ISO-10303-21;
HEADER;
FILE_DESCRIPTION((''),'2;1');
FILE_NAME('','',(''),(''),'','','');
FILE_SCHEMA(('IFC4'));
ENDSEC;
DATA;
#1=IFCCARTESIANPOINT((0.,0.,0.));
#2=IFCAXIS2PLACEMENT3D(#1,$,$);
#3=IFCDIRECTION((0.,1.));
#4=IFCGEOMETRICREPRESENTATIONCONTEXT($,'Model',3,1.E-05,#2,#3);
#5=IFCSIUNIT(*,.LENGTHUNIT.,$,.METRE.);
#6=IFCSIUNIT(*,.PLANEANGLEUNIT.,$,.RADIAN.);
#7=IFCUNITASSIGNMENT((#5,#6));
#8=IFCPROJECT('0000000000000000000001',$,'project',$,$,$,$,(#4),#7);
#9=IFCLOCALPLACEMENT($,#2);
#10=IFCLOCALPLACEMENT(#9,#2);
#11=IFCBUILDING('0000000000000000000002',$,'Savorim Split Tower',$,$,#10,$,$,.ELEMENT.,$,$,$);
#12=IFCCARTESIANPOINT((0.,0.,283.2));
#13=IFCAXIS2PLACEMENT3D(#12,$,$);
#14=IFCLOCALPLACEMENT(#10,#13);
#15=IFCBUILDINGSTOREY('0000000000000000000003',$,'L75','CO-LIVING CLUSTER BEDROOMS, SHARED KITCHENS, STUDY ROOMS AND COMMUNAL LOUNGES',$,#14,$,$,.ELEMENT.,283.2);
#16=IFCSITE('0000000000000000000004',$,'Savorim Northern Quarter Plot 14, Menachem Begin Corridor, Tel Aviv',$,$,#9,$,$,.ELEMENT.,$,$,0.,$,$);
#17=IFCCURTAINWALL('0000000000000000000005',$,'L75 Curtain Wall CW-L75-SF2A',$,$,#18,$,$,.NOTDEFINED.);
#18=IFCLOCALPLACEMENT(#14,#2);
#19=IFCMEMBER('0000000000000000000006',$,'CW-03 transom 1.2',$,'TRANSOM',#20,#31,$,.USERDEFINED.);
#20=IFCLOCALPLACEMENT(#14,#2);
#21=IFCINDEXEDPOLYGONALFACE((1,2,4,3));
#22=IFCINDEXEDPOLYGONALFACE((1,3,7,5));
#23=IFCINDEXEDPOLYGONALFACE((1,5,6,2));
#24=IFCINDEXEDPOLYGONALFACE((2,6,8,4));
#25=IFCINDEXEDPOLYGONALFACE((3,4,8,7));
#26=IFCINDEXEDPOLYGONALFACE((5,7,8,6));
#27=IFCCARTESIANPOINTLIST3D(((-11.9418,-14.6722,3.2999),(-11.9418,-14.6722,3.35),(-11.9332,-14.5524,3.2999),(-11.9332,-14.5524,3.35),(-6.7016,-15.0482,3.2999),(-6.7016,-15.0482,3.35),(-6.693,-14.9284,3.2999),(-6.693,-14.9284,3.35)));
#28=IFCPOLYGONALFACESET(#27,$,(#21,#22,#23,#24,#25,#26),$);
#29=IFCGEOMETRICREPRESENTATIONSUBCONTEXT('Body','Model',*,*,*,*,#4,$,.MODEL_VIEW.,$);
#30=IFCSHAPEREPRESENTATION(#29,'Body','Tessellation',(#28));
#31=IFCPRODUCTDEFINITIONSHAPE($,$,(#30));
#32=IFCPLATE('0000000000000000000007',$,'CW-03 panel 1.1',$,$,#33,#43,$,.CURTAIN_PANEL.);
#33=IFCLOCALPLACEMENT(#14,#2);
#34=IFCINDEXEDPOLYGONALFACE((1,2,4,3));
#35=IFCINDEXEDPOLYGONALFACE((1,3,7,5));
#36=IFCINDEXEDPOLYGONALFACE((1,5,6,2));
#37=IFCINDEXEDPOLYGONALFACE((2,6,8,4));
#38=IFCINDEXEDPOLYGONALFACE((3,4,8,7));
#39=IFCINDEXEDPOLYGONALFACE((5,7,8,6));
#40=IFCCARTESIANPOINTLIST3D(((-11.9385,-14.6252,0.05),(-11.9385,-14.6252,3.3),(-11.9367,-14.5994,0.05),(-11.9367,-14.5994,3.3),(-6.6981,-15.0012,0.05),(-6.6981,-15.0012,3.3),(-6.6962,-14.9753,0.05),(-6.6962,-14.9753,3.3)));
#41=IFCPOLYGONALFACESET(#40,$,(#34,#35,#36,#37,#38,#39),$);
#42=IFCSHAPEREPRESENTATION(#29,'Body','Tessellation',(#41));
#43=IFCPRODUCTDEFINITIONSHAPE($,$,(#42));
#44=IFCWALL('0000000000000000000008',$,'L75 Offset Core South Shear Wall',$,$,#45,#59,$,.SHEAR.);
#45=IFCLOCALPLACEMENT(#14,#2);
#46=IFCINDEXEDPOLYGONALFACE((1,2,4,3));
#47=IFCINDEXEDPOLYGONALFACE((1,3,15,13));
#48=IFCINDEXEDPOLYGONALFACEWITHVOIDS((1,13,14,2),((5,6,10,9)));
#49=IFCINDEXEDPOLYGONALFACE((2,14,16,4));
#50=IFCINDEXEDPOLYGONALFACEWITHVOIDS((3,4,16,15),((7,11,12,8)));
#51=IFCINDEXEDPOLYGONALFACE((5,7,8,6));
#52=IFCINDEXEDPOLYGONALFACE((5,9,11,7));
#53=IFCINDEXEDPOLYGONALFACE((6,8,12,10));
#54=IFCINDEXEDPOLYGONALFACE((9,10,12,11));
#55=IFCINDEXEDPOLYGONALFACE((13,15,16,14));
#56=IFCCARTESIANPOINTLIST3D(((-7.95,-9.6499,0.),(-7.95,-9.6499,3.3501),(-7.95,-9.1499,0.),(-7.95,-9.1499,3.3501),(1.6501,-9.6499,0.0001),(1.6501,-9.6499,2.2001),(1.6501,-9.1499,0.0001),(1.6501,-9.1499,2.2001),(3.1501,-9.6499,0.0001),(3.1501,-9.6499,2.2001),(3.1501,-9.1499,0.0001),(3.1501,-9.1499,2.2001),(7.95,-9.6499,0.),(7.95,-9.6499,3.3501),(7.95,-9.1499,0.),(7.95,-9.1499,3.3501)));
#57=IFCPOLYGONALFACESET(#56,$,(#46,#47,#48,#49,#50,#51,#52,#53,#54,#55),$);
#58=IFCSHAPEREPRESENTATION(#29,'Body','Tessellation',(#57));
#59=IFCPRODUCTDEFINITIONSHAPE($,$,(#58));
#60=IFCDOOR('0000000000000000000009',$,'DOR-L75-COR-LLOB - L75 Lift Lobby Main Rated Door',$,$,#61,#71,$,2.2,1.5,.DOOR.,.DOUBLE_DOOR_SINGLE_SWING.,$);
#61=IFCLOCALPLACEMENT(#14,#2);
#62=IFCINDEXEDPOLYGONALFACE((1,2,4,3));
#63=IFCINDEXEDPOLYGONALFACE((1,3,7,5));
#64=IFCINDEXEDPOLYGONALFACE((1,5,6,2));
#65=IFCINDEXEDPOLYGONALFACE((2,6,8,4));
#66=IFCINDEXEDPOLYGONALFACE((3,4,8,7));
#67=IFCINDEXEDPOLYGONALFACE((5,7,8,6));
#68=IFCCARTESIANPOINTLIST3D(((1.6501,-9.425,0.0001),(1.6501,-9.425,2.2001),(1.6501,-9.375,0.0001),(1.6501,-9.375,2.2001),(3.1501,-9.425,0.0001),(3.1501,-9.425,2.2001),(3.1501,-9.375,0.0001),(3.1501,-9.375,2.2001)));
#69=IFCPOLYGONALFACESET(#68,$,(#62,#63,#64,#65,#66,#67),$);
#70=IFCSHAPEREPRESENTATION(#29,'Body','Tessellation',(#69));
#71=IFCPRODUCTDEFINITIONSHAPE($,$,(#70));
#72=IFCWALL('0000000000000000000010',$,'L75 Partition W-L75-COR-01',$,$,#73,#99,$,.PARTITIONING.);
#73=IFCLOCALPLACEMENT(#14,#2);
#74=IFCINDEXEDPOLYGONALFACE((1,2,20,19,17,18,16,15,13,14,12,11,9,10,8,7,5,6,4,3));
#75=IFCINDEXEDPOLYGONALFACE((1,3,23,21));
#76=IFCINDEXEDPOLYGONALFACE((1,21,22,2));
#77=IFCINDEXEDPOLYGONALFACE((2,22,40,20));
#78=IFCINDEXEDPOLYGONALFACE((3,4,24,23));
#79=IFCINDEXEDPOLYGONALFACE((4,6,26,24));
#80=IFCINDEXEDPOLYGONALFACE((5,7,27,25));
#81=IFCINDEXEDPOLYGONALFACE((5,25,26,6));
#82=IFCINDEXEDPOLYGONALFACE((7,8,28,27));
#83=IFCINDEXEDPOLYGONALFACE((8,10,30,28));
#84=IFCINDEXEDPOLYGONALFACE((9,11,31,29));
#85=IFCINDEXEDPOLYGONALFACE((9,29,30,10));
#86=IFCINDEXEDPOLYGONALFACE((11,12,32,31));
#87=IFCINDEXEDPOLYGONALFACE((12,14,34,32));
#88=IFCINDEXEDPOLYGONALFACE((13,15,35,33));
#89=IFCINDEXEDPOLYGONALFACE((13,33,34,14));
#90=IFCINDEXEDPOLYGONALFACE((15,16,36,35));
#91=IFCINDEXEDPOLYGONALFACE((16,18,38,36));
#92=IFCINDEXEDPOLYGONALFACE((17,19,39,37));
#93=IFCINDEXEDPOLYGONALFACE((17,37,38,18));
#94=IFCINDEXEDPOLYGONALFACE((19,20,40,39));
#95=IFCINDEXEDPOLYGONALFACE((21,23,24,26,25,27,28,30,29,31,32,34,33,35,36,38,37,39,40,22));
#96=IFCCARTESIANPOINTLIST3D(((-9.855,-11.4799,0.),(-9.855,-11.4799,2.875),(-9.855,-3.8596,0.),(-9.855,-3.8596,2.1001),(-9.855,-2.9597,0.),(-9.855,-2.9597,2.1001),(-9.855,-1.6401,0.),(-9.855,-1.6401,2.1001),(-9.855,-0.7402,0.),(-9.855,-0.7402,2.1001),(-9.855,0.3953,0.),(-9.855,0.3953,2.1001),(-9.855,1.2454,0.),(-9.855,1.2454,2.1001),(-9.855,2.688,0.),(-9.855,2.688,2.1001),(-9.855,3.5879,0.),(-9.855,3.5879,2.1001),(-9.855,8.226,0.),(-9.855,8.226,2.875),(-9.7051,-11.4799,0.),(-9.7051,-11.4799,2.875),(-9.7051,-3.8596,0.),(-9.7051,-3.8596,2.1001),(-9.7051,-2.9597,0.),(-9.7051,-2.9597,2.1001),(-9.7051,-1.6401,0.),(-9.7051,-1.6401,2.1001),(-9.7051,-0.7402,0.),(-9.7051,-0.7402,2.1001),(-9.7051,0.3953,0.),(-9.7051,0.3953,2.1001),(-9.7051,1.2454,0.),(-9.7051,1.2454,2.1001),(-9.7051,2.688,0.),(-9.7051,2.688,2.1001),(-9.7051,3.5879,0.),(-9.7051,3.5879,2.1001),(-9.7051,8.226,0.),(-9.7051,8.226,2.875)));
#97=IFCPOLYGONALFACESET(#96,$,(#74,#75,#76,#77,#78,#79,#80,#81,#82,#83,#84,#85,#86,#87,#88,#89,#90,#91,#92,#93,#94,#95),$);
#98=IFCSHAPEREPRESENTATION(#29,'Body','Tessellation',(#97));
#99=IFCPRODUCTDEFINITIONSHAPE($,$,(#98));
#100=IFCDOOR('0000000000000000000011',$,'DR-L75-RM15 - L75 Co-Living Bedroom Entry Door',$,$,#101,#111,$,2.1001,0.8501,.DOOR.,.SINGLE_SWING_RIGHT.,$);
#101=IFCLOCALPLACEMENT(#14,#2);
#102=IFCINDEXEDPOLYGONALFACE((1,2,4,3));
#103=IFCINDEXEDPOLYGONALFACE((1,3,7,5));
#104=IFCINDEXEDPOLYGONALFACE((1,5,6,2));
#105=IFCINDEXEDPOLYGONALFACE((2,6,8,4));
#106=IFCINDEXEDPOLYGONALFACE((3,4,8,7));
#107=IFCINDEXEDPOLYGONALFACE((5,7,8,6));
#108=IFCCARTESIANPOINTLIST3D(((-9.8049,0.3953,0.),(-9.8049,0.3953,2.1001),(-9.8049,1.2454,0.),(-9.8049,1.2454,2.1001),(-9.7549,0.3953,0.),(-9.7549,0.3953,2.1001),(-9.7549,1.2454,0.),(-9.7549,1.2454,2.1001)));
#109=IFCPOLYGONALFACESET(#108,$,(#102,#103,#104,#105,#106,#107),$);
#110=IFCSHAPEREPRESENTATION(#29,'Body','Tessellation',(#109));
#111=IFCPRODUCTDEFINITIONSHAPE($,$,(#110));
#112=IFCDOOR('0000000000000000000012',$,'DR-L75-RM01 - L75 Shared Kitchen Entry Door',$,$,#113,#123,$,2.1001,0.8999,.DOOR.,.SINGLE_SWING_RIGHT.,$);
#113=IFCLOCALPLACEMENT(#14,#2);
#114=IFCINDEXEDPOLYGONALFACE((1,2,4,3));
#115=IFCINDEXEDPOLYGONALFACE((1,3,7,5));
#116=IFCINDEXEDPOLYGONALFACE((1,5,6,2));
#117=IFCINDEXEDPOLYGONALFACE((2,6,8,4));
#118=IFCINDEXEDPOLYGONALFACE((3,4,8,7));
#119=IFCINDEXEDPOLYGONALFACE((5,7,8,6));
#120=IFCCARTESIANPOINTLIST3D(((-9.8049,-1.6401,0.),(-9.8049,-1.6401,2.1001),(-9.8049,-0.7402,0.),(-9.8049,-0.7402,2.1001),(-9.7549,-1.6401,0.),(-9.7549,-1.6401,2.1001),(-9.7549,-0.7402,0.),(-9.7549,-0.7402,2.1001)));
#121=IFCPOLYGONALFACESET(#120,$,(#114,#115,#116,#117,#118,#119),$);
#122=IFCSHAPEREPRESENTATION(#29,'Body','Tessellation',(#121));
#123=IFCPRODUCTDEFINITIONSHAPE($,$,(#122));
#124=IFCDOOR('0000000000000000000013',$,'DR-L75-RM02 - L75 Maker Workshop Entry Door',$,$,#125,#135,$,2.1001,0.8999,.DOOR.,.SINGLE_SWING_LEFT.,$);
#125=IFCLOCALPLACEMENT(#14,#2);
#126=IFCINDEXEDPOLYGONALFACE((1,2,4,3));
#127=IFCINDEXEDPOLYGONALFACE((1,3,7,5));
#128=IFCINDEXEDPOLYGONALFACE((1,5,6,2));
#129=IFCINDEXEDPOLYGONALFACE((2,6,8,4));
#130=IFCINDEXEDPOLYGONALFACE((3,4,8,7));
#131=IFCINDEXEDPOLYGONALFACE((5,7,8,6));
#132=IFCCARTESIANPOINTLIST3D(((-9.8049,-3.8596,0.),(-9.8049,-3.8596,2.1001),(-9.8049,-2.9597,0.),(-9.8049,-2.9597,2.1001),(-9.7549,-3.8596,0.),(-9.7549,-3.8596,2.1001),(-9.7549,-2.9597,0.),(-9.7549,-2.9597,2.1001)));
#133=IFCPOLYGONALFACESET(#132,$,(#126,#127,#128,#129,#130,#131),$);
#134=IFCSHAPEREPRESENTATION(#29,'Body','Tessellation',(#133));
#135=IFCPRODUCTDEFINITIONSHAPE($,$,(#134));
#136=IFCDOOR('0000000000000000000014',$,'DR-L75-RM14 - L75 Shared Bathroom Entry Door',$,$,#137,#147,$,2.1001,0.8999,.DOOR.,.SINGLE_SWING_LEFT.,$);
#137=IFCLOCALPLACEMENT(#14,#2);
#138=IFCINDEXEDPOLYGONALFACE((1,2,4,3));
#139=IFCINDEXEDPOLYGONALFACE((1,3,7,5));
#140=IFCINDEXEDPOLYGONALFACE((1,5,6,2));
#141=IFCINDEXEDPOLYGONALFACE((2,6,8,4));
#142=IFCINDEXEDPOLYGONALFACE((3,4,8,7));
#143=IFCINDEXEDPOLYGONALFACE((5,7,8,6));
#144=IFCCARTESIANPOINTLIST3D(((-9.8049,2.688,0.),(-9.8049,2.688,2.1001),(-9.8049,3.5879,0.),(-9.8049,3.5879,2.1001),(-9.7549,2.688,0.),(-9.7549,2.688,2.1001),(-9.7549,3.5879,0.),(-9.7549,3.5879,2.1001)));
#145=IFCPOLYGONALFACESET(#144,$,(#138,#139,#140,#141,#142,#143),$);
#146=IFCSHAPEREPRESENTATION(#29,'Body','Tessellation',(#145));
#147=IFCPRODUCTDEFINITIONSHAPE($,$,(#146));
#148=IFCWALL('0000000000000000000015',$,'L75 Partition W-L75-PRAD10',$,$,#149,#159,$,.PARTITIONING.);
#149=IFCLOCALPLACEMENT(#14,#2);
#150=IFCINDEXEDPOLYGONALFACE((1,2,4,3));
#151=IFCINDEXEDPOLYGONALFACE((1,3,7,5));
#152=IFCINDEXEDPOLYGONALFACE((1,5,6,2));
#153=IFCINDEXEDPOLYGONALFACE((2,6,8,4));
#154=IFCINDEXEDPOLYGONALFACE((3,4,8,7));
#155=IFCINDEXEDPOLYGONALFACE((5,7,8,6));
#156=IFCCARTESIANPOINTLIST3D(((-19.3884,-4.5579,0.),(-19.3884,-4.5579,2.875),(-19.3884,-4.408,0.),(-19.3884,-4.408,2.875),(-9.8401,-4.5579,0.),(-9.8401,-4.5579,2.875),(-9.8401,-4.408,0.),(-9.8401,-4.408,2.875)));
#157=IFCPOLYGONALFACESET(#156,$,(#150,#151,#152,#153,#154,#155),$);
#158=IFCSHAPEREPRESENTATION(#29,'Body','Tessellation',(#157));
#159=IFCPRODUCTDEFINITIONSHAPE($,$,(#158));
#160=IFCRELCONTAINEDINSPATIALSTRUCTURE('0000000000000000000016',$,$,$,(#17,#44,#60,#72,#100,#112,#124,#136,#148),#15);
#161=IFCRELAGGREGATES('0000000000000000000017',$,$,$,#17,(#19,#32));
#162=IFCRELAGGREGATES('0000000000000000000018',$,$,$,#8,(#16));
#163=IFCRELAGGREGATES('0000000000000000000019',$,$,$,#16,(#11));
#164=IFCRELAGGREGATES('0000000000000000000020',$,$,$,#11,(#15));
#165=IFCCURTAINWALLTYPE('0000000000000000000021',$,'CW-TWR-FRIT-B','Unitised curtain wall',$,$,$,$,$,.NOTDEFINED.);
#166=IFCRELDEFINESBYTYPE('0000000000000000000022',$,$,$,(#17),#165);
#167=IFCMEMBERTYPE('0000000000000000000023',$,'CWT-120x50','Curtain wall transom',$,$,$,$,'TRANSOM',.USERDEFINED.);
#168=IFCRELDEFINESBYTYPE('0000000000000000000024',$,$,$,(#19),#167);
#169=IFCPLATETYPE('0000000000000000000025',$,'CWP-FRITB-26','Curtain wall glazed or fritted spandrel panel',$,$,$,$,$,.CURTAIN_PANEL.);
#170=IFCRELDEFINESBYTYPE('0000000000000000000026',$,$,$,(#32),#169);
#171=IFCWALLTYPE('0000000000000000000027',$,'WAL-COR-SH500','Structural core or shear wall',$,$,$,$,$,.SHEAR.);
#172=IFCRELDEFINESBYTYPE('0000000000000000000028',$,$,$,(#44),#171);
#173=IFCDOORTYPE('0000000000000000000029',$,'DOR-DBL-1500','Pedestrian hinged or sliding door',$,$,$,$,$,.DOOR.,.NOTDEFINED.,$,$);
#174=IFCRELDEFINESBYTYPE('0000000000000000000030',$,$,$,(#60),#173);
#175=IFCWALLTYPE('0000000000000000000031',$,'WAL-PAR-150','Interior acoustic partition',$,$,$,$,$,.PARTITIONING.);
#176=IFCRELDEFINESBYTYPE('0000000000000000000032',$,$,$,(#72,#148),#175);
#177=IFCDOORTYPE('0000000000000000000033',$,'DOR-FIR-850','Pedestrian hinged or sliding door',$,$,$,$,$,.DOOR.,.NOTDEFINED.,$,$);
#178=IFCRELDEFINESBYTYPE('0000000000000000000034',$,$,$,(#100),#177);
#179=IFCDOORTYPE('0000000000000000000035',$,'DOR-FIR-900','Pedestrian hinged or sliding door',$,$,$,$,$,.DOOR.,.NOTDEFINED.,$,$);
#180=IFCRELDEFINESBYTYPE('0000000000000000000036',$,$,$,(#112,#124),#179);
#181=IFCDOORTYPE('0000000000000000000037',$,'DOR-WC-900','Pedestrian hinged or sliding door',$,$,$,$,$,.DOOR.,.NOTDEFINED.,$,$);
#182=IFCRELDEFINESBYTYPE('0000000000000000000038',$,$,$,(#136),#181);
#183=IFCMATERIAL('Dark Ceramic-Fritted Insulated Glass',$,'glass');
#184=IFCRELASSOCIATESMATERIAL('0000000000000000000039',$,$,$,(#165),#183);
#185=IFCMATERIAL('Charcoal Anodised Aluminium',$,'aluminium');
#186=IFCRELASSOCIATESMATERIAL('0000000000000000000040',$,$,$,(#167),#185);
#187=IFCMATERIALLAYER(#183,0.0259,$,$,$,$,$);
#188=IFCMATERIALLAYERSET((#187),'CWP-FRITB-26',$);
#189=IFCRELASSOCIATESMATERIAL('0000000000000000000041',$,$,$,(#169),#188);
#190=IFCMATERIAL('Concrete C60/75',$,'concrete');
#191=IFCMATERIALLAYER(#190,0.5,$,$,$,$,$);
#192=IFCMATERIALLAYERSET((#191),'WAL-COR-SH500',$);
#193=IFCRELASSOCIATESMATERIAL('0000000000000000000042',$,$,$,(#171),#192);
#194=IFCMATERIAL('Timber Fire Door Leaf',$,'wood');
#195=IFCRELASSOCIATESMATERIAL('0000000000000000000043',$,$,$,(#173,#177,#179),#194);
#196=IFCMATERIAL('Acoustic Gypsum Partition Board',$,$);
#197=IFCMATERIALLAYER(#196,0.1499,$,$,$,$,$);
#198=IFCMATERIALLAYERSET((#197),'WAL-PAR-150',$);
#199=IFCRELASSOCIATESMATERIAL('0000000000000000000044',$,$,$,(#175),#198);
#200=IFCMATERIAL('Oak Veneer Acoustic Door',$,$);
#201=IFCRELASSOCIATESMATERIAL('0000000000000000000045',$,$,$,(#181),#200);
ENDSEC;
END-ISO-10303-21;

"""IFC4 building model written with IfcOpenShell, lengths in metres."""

from ifc_helpers import new_model, si_unit, direction, frame, frame_2d, origin, origin_2d, place, context, subcontext, project, spatial, rectangle, extrude, material, layer, layer_set, material_profile, profile_set, type_object, element, fill, aggregate, save


model = new_model("IFC4")

# Units and contexts
model_context = context("Model", 3, precision=1e-05, world=origin(), true_north=direction((0.0, 1.0)))
body_context = subcontext(model_context, "Body", "Model", "MODEL_VIEW")
ifc_project = project(units=[si_unit("LENGTHUNIT", "METRE"), si_unit("PLANEANGLEUNIT", "RADIAN")], contexts=[model_context])

# Site, building, storey
site_placement = place(None, origin())
site = spatial("IfcSite", under=ifc_project, at=site_placement, Name="Savorim Northern Quarter Plot 14, Menachem Begin Corridor, Tel Aviv", CompositionType="ELEMENT", RefElevation=0.0)
building_placement = place(site_placement, origin())
building = spatial("IfcBuilding", under=site, at=building_placement, Name="Savorim Split Tower", CompositionType="ELEMENT")
storey_placement = place(building_placement, frame((0.0, 0.0, 283.2)))
storey = spatial("IfcBuildingStorey", under=building, at=storey_placement, Name="L75", Description="CO-LIVING CLUSTER BEDROOMS, SHARED KITCHENS, STUDY ROOMS AND COMMUNAL LOUNGES", CompositionType="ELEMENT", Elevation=283.2)

# Shared definitions
ifc_material_1 = material(Name="Dark Ceramic-Fritted Insulated Glass", Category="glass")
curtain_wall_type = type_object("IfcCurtainWallType", Name="CW-TWR-FRIT-B", Description="Unitised curtain wall", PredefinedType="NOTDEFINED", material=ifc_material_1)
ifc_material_2 = material(Name="Charcoal Anodised Aluminium", Category="aluminium")

# Curtain wall, member, plate
curtain_wall_1_placement = place(storey_placement, origin())
curtain_wall_1 = element("IfcCurtainWall", 1, at=curtain_wall_1_placement, inside=storey, type_object=curtain_wall_type, Name="L75 Curtain Wall CW-L75-SF2A", PredefinedType="NOTDEFINED")
ifc_material_profile_1 = material_profile(ifc_material_2, rectangle(XDim=0.1201, YDim=0.05, at=origin_2d()), Name="ALU-T 120x50")
ifc_profile_set_1 = profile_set([ifc_material_profile_1], Name="Charcoal Anodised Aluminium")
member_type_1 = type_object("IfcMemberType", Name="CWT-120x50", Description="Curtain wall transom", ElementType="TRANSOM", PredefinedType="USERDEFINED", material=ifc_profile_set_1)
member_1_placement = place(storey_placement, frame((-11.9375, -14.6123, 3.325), z_axis=(0.997436, -0.071564, 0.0), x_axis=(0.071564, 0.997436, 0.0)))
member_1 = element("IfcMember", 2, at=member_1_placement, type_object=member_type_1, Name="CW-03 transom 1.2", ObjectType="TRANSOM", PredefinedType="USERDEFINED", context=body_context, shape_type="SweptSolid", body=[
    extrude(rectangle(XDim=0.1201, YDim=0.05, at=origin_2d()), origin(), (0.0, 0.0, 1.0), 5.2537),
])
ifc_layer_1 = layer(ifc_material_1, 0.0259)
ifc_layer_set_1 = layer_set([ifc_layer_1], Name="CWP-FRITB-26")
plate_type = type_object("IfcPlateType", Name="CWP-FRITB-26", Description="Curtain wall glazed or fritted spandrel panel", PredefinedType="CURTAIN_PANEL", material=ifc_layer_set_1)
plate_placement = place(storey_placement, frame((-9.3174, -14.8003, 0.05), z_axis=(0.0, 0.0, 1.0), x_axis=(0.997437, -0.07155, 0.0)))
plate = element("IfcPlate", 3, at=plate_placement, type_object=plate_type, Name="CW-03 panel 1.1", PredefinedType="CURTAIN_PANEL", context=body_context, shape_type="SweptSolid", body=[
    extrude(rectangle(XDim=5.2539, YDim=0.0259, at=origin_2d()), origin(), (0.0, 0.0, 1.0), 3.25),
])
aggregate(curtain_wall_1, [member_1, plate])

# Wall, opening, door
ifc_material_3 = material(Name="Concrete C60/75", Category="concrete")
ifc_layer_2 = layer(ifc_material_3, 0.5)
ifc_layer_set_2 = layer_set([ifc_layer_2], Name="WAL-COR-SH500")
wall_type_1 = type_object("IfcWallType", Name="WAL-COR-SH500", Description="Structural core or shear wall", PredefinedType="SHEAR", material=ifc_layer_set_2)
wall_1_placement = place(storey_placement, frame((-7.95, -9.3999, 0.0), z_axis=(0.0, 0.0, 1.0), x_axis=(1.0, 0.0, 0.0)))
wall_1 = element("IfcWall", 4, at=wall_1_placement, inside=storey, type_object=wall_type_1, Name="L75 Offset Core South Shear Wall", PredefinedType="SHEAR", context=body_context, shape_type="SweptSolid", body=[
    extrude(rectangle(XDim=15.8999, YDim=0.5, at=frame_2d((7.95, 0.0))), origin(), (0.0, 0.0, 1.0), 3.3501),
])
opening_1_placement = place(wall_1_placement, frame((9.6001, 0.0, 0.0)))
opening_1 = element("IfcOpeningElement", 5, at=opening_1_placement, cuts=wall_1, PredefinedType="OPENING", context=body_context, shape_type="SweptSolid", body=[
    extrude(rectangle(XDim=1.5, YDim=2.2, at=frame_2d((0.75, 1.1001))), frame((0.0, 0.26, 0.0), z_axis=(0.0, -1.0, 0.0), x_axis=(1.0, 0.0, 0.0)), (0.0, 0.0, 1.0), 0.52),
])
ifc_material_4 = material(Name="Timber Fire Door Leaf", Category="wood")
door_type_1 = type_object("IfcDoorType", Name="DOR-DBL-1500", Description="Pedestrian hinged or sliding door", OperationType="NOTDEFINED", PredefinedType="DOOR", material=ifc_material_4)
door_1_placement = place(opening_1_placement, origin())
door_1 = element("IfcDoor", 6, at=door_1_placement, inside=storey, type_object=door_type_1, Name="DOR-L75-COR-LLOB - L75 Lift Lobby Main Rated Door", OperationType="DOUBLE_DOOR_SINGLE_SWING", OverallHeight=2.2, OverallWidth=1.5, PredefinedType="DOOR", context=body_context, shape_type="SweptSolid", body=[
    extrude(rectangle(XDim=1.5, YDim=2.2, at=frame_2d((0.75, 1.1001))), frame((0.0, 0.0249, 0.0), z_axis=(0.0, -1.0, 0.0), x_axis=(1.0, 0.0, 0.0)), (0.0, 0.0, 1.0), 0.05),
])
fill(opening_1, door_1)

# Wall, openings, doors
ifc_material_5 = material(Name="Acoustic Gypsum Partition Board")
ifc_layer_3 = layer(ifc_material_5, 0.1499)
ifc_layer_set_3 = layer_set([ifc_layer_3], Name="WAL-PAR-150")
wall_type_2 = type_object("IfcWallType", Name="WAL-PAR-150", Description="Interior acoustic partition", PredefinedType="PARTITIONING", material=ifc_layer_set_3)
wall_2_placement = place(storey_placement, frame((-9.78, -11.48, 0.0), z_axis=(0.0, 0.0, 1.0), x_axis=(0.0, 1.0, 0.0)))
wall_2 = element("IfcWall", 7, at=wall_2_placement, inside=storey, type_object=wall_type_2, Name="L75 Partition W-L75-COR-01", PredefinedType="PARTITIONING", context=body_context, shape_type="SweptSolid", body=[
    extrude(rectangle(XDim=19.7058, YDim=0.1499, at=frame_2d((9.853, 0.0))), origin(), (0.0, 0.0, 1.0), 2.875),
])
opening_2_placement = place(wall_2_placement, frame((9.8398, 0.0, 0.0)))
opening_2 = element("IfcOpeningElement", 8, at=opening_2_placement, cuts=wall_2, PredefinedType="OPENING", context=body_context, shape_type="SweptSolid", body=[
    extrude(rectangle(XDim=0.8999, YDim=2.1001, at=frame_2d((0.45, 1.05))), frame((0.0, 0.085, 0.0), z_axis=(0.0, -1.0, 0.0), x_axis=(1.0, 0.0, 0.0)), (0.0, 0.0, 1.0), 0.1699),
])
opening_3_placement = place(wall_2_placement, frame((7.6204, 0.0, 0.0)))
opening_3 = element("IfcOpeningElement", 9, at=opening_3_placement, cuts=wall_2, PredefinedType="OPENING", context=body_context, shape_type="SweptSolid", body=[
    extrude(rectangle(XDim=0.8999, YDim=2.1001, at=frame_2d((0.45, 1.05))), frame((0.0, 0.085, 0.0), z_axis=(0.0, -1.0, 0.0), x_axis=(1.0, 0.0, 0.0)), (0.0, 0.0, 1.0), 0.1699),
])
opening_4_placement = place(wall_2_placement, frame((14.168, 0.0, 0.0)))
opening_4 = element("IfcOpeningElement", 10, at=opening_4_placement, cuts=wall_2, PredefinedType="OPENING", context=body_context, shape_type="SweptSolid", body=[
    extrude(rectangle(XDim=0.8999, YDim=2.1001, at=frame_2d((0.45, 1.05))), frame((0.0, 0.085, 0.0), z_axis=(0.0, -1.0, 0.0), x_axis=(1.0, 0.0, 0.0)), (0.0, 0.0, 1.0), 0.1699),
])
opening_5_placement = place(wall_2_placement, frame((11.8752, 0.0, 0.0)))
opening_5 = element("IfcOpeningElement", 11, at=opening_5_placement, cuts=wall_2, PredefinedType="OPENING", context=body_context, shape_type="SweptSolid", body=[
    extrude(rectangle(XDim=0.8501, YDim=2.1001, at=frame_2d((0.425, 1.05))), frame((0.0, 0.085, 0.0), z_axis=(0.0, -1.0, 0.0), x_axis=(1.0, 0.0, 0.0)), (0.0, 0.0, 1.0), 0.1699),
])
door_type_2 = type_object("IfcDoorType", Name="DOR-FIR-850", Description="Pedestrian hinged or sliding door", OperationType="NOTDEFINED", PredefinedType="DOOR", material=ifc_material_4)
door_2_placement = place(opening_5_placement, origin())
door_2 = element("IfcDoor", 12, at=door_2_placement, inside=storey, type_object=door_type_2, Name="DR-L75-RM15 - L75 Co-Living Bedroom Entry Door", OperationType="SINGLE_SWING_RIGHT", OverallHeight=2.1001, OverallWidth=0.8501, PredefinedType="DOOR", context=body_context, shape_type="SweptSolid", body=[
    extrude(rectangle(XDim=0.8501, YDim=2.1001, at=frame_2d((0.425, 1.05))), frame((0.0, 0.0249, 0.0), z_axis=(0.0, -1.0, 0.0), x_axis=(1.0, 0.0, 0.0)), (0.0, 0.0, 1.0), 0.05),
])
fill(opening_5, door_2)
door_type_3 = type_object("IfcDoorType", Name="DOR-FIR-900", Description="Pedestrian hinged or sliding door", OperationType="NOTDEFINED", PredefinedType="DOOR", material=ifc_material_4)
door_3_placement = place(opening_2_placement, origin())
door_3 = element("IfcDoor", 13, at=door_3_placement, inside=storey, type_object=door_type_3, Name="DR-L75-RM01 - L75 Shared Kitchen Entry Door", OperationType="SINGLE_SWING_RIGHT", OverallHeight=2.1001, OverallWidth=0.8999, PredefinedType="DOOR", context=body_context, shape_type="SweptSolid", body=[
    extrude(rectangle(XDim=0.8999, YDim=2.1001, at=frame_2d((0.45, 1.05))), frame((0.0, 0.0249, 0.0), z_axis=(0.0, -1.0, 0.0), x_axis=(1.0, 0.0, 0.0)), (0.0, 0.0, 1.0), 0.05),
])
fill(opening_2, door_3)
door_4_placement = place(opening_3_placement, origin())
door_4 = element("IfcDoor", 14, at=door_4_placement, inside=storey, type_object=door_type_3, Name="DR-L75-RM02 - L75 Maker Workshop Entry Door", OperationType="SINGLE_SWING_LEFT", OverallHeight=2.1001, OverallWidth=0.8999, PredefinedType="DOOR", context=body_context, shape_type="SweptSolid", body=[
    extrude(rectangle(XDim=0.8999, YDim=2.1001, at=frame_2d((0.45, 1.05))), frame((0.0, 0.0249, 0.0), z_axis=(0.0, -1.0, 0.0), x_axis=(1.0, 0.0, 0.0)), (0.0, 0.0, 1.0), 0.05),
])
fill(opening_3, door_4)
ifc_material_6 = material(Name="Oak Veneer Acoustic Door")
door_type_4 = type_object("IfcDoorType", Name="DOR-WC-900", Description="Pedestrian hinged or sliding door", OperationType="NOTDEFINED", PredefinedType="DOOR", material=ifc_material_6)
door_5_placement = place(opening_4_placement, origin())
door_5 = element("IfcDoor", 15, at=door_5_placement, inside=storey, type_object=door_type_4, Name="DR-L75-RM14 - L75 Shared Bathroom Entry Door", OperationType="SINGLE_SWING_LEFT", OverallHeight=2.1001, OverallWidth=0.8999, PredefinedType="DOOR", context=body_context, shape_type="SweptSolid", body=[
    extrude(rectangle(XDim=0.8999, YDim=2.1001, at=frame_2d((0.45, 1.05))), frame((0.0, 0.0249, 0.0), z_axis=(0.0, -1.0, 0.0), x_axis=(1.0, 0.0, 0.0)), (0.0, 0.0, 1.0), 0.05),
])
fill(opening_4, door_5)

# Wall
wall_3_placement = place(storey_placement, frame((-9.8401, -4.4829, 0.0), z_axis=(0.0, 0.0, 1.0), x_axis=(-1.0, 0.0, 0.0)))
element("IfcWall", 16, at=wall_3_placement, inside=storey, type_object=wall_type_2, Name="L75 Partition W-L75-PRAD10", PredefinedType="PARTITIONING", context=body_context, shape_type="SweptSolid", body=[
    extrude(rectangle(XDim=9.5483, YDim=0.1499, at=frame_2d((4.7742, 0.0))), origin(), (0.0, 0.0, 1.0), 2.875),
])

save(model, "model.ifc")
